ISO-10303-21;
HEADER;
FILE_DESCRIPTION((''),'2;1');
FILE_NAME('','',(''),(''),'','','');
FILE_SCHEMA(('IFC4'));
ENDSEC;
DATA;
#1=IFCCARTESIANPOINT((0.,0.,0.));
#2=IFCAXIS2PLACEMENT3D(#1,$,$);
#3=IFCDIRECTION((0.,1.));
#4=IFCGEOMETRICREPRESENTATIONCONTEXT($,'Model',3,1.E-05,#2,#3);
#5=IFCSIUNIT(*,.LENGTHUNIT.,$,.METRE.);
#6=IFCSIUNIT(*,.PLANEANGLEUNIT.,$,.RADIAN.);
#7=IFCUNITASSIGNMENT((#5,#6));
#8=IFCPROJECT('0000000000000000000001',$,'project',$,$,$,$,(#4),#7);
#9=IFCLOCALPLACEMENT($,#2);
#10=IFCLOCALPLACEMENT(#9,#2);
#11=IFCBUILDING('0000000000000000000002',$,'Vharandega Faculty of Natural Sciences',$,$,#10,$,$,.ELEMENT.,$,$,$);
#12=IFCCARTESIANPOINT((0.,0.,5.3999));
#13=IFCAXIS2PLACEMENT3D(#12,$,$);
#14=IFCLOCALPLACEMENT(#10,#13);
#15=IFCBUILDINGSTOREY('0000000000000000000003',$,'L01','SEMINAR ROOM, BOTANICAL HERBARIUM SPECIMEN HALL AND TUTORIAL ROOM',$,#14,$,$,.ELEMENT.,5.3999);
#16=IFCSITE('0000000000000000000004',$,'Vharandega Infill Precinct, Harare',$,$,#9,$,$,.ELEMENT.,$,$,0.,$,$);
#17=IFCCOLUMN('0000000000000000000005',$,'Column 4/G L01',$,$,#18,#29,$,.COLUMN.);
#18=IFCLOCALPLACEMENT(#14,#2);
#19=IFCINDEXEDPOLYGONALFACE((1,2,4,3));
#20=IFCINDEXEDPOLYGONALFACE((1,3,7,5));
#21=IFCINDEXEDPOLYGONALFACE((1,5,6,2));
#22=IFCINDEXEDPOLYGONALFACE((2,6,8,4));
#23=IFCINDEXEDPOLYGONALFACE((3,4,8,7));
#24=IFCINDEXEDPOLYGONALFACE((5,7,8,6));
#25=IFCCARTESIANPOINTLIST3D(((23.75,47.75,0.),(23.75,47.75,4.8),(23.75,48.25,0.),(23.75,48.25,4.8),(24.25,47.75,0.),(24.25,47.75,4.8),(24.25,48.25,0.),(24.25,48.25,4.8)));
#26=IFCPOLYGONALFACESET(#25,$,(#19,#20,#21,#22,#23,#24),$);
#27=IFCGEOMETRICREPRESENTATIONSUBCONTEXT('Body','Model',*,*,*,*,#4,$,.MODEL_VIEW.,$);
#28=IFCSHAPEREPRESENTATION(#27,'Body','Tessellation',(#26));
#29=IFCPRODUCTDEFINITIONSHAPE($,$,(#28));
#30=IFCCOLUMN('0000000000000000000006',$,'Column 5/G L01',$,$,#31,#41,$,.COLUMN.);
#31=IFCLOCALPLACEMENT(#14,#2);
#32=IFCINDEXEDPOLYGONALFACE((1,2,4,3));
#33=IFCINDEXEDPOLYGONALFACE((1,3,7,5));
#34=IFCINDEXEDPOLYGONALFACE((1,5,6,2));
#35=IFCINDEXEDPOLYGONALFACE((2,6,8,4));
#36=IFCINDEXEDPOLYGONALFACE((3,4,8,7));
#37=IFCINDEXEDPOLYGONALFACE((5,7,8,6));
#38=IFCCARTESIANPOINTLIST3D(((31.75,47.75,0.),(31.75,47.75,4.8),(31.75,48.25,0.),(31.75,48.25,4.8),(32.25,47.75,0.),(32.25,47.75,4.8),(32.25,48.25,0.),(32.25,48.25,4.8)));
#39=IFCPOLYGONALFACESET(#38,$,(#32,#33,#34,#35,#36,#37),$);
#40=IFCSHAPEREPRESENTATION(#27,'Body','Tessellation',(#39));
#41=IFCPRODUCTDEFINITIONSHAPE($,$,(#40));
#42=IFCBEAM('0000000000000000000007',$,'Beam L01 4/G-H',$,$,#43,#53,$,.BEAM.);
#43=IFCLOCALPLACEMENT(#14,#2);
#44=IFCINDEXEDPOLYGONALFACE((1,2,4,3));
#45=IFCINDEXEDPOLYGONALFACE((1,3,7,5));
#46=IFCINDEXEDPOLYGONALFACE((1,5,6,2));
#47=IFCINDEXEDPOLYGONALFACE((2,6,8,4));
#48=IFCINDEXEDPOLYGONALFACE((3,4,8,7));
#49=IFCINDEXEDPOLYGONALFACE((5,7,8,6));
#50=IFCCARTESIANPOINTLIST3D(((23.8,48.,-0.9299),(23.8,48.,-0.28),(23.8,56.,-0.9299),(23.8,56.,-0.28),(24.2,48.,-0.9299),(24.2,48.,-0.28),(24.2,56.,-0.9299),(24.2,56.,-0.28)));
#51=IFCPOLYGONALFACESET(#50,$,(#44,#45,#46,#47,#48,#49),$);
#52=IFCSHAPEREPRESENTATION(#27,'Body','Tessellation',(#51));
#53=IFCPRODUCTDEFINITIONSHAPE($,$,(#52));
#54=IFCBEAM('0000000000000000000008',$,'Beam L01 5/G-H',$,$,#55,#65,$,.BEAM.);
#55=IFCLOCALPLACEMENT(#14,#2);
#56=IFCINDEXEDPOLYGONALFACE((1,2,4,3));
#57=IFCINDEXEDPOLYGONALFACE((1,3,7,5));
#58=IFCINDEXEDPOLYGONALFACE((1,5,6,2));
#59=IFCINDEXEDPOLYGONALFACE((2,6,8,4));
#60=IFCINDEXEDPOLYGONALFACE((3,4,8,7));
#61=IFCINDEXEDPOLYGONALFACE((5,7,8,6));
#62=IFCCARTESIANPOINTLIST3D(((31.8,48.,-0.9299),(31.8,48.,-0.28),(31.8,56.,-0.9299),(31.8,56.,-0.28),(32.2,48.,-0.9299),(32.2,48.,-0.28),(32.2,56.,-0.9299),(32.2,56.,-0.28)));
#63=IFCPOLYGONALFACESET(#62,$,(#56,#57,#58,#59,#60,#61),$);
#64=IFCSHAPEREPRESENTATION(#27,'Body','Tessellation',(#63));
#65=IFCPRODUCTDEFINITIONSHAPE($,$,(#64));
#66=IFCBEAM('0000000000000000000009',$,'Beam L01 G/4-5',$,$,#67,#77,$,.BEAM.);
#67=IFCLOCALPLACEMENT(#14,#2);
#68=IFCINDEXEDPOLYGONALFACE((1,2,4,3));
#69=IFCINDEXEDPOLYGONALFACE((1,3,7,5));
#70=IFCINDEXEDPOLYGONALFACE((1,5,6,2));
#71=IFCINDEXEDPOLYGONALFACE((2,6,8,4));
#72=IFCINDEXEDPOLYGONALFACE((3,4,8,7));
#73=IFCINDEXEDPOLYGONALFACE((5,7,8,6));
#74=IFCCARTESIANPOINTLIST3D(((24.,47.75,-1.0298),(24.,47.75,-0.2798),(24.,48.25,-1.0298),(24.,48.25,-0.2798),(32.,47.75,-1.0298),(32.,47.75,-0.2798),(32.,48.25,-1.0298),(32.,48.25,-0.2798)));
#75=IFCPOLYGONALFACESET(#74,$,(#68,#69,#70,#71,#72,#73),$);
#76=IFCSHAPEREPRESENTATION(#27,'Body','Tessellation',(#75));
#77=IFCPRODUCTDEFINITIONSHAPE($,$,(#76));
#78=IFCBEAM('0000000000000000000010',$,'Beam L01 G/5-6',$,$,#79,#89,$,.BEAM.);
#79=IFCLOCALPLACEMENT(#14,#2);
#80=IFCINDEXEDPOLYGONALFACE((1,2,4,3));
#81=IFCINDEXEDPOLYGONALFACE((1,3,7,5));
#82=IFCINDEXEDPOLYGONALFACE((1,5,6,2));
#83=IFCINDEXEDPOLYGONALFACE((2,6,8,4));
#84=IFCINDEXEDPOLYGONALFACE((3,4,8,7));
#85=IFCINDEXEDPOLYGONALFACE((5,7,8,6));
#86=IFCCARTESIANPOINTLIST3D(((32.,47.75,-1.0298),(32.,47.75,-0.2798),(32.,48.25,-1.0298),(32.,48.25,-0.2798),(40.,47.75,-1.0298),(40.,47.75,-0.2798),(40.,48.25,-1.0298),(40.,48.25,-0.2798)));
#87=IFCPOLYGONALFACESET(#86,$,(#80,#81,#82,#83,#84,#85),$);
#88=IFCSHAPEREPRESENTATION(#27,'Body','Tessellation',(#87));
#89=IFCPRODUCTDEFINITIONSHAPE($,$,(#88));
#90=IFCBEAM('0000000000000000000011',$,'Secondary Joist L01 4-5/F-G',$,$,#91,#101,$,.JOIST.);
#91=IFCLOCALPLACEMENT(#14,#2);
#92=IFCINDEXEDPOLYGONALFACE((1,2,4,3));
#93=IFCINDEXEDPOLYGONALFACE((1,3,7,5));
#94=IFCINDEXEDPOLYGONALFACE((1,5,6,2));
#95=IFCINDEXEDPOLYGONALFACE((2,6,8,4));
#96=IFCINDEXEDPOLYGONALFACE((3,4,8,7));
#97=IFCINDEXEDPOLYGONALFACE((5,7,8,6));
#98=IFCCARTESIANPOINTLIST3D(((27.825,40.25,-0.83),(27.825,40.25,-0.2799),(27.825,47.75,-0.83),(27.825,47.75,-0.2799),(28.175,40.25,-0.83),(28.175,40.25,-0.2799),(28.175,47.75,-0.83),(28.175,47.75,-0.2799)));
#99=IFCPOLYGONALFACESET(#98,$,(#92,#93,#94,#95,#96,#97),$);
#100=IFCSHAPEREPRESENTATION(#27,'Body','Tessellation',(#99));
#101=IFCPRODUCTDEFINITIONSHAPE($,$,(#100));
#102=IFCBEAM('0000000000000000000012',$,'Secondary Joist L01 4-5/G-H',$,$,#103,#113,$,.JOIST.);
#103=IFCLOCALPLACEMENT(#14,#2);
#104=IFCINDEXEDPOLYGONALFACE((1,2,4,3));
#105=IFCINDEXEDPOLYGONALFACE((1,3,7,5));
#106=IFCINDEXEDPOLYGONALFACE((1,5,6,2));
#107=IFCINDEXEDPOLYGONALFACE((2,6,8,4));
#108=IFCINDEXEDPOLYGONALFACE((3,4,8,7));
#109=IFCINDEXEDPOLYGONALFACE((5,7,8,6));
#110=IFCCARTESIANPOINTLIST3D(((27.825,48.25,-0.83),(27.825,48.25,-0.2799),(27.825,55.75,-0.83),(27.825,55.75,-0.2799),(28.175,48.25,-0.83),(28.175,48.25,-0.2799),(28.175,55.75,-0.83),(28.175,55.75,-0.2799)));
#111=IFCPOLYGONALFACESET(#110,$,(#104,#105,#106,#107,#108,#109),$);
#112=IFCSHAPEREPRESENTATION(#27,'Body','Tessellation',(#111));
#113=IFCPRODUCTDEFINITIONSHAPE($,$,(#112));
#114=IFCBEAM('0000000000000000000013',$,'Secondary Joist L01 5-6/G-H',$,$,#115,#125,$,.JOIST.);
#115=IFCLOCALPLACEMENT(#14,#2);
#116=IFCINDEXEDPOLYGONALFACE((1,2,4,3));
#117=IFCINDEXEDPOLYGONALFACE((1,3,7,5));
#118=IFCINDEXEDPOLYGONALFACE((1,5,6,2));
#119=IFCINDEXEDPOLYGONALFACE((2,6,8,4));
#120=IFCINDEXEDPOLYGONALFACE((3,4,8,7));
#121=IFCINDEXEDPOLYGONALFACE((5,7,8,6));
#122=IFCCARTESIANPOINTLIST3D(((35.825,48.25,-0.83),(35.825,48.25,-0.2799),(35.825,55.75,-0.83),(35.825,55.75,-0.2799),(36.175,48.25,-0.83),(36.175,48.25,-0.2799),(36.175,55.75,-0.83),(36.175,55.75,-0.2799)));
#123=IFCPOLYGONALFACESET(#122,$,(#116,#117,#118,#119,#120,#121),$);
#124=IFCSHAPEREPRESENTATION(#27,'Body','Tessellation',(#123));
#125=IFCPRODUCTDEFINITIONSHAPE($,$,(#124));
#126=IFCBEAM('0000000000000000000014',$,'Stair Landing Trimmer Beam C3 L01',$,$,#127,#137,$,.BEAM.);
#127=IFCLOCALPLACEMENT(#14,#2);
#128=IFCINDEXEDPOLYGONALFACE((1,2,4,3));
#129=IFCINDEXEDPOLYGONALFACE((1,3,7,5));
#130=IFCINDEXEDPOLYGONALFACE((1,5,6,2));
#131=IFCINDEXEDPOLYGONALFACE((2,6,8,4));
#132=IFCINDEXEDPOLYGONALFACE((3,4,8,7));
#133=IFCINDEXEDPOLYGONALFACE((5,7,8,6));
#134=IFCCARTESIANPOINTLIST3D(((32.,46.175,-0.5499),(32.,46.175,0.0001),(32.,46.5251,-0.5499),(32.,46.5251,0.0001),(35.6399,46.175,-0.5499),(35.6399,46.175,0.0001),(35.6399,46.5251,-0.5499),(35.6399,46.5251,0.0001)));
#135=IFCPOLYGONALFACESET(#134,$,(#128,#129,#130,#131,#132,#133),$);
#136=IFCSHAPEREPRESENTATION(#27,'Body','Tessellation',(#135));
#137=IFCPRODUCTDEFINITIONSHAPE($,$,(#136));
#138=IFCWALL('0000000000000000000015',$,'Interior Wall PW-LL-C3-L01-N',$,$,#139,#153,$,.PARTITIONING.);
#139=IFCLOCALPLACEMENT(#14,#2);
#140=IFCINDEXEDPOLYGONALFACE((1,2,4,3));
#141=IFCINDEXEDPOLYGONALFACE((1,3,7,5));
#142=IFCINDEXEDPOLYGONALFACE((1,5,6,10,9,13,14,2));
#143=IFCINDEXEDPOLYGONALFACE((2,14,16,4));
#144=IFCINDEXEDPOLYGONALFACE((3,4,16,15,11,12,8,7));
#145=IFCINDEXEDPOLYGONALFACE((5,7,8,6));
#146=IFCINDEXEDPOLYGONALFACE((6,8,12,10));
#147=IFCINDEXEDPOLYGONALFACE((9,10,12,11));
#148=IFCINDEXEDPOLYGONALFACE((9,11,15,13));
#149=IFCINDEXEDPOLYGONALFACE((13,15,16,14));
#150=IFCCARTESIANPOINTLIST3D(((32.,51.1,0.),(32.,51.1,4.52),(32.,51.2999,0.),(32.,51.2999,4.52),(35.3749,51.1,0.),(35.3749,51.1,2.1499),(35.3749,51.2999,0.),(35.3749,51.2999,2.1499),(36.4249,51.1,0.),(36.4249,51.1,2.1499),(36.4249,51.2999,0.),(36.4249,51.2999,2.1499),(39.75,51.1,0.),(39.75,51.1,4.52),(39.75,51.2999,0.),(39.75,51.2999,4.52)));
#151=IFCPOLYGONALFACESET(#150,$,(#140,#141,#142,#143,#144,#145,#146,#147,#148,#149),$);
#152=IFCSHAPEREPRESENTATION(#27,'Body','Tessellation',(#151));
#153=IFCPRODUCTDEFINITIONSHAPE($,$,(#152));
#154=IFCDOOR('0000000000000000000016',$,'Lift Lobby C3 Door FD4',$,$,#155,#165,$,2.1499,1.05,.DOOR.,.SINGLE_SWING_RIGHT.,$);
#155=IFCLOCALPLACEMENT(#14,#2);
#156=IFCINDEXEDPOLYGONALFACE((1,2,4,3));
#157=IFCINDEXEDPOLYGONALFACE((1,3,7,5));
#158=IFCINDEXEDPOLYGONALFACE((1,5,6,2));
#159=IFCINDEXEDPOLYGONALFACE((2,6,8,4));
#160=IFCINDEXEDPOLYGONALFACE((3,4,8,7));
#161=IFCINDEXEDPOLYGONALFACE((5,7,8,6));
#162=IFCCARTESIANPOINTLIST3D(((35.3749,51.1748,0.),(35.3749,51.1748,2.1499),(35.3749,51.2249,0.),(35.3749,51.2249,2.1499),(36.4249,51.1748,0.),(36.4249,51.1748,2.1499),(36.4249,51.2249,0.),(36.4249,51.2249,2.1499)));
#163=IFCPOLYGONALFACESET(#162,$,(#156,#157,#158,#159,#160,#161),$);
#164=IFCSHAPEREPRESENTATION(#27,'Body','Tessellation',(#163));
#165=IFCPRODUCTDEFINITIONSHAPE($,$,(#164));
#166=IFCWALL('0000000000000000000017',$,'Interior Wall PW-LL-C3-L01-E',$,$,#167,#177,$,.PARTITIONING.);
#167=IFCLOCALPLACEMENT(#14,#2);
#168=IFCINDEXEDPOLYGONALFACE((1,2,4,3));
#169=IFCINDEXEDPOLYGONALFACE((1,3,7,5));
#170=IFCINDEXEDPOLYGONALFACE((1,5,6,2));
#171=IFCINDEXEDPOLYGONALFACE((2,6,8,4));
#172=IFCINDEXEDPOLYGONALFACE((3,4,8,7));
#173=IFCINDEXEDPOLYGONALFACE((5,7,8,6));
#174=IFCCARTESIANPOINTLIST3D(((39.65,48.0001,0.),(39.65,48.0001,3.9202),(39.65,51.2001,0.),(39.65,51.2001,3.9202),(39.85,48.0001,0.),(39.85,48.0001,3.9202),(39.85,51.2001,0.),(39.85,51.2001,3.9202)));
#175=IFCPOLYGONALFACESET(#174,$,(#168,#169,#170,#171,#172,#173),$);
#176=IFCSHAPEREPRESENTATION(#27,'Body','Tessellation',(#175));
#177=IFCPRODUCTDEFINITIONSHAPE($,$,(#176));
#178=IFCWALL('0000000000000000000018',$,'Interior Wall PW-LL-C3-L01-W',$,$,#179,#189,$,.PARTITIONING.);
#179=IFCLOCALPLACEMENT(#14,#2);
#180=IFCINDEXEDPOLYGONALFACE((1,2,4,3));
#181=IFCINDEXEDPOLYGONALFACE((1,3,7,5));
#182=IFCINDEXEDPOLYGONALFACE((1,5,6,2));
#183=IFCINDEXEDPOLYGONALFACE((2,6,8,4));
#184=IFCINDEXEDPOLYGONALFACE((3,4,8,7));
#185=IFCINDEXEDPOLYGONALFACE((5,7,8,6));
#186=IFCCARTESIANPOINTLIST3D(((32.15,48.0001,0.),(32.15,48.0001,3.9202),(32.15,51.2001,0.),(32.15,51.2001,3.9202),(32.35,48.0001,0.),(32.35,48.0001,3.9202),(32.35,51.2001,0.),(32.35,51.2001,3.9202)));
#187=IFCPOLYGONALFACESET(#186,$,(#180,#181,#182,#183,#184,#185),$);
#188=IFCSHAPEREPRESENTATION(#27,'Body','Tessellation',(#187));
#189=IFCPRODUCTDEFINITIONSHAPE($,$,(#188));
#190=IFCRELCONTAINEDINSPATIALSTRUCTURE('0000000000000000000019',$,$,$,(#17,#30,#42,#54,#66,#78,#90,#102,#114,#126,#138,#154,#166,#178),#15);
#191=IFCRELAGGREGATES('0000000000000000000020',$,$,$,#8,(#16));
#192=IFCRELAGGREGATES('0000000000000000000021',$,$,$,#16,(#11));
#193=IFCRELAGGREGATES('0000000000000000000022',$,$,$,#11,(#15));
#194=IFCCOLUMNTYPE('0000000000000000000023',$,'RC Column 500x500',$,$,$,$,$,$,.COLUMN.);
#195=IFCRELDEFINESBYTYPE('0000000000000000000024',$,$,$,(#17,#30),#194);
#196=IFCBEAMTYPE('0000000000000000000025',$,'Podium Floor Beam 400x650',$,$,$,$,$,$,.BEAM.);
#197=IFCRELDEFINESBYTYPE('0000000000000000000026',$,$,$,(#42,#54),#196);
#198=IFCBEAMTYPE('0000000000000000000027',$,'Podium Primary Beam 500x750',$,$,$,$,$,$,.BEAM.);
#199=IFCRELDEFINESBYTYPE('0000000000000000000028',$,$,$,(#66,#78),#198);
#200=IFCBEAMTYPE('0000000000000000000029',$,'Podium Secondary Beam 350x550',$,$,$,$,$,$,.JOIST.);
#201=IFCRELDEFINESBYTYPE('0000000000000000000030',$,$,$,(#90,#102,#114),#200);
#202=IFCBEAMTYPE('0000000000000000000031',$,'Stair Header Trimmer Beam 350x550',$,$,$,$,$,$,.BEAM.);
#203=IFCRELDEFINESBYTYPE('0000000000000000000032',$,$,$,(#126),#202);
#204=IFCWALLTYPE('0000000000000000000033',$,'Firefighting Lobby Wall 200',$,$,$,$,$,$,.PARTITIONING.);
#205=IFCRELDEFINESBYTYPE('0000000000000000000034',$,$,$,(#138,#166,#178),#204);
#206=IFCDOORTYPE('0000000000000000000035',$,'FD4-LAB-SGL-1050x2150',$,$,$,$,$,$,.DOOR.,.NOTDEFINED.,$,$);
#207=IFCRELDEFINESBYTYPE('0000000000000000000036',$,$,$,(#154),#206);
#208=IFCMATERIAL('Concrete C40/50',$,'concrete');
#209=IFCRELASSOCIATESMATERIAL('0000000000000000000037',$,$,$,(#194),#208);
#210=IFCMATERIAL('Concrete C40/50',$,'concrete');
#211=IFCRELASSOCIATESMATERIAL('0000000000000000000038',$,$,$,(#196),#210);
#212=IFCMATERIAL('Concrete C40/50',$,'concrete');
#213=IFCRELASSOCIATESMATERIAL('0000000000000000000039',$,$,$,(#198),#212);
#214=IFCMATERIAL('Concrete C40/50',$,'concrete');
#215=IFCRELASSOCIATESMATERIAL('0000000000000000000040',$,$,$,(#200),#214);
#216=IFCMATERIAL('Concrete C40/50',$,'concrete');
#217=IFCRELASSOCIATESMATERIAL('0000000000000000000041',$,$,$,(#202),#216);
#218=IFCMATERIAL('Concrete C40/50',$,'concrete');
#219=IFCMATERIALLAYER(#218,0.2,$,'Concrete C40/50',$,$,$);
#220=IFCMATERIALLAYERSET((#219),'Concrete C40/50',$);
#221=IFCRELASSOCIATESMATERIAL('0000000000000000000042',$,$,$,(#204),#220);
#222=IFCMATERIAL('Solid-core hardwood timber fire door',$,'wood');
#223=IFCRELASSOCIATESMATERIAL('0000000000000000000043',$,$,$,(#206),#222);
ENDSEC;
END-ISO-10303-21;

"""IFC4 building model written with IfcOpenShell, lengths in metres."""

from ifc_helpers import new_model, si_unit, direction, frame, frame_2d, origin, origin_2d, place, context, subcontext, project, spatial, rectangle, extrude, material, layer, layer_set, material_profile, profile_set, type_object, element, fill, save


model = new_model("IFC4")

# Units and contexts
model_context = context("Model", 3, precision=1e-05, world=origin(), true_north=direction((0.0, 1.0)))
body_context = subcontext(model_context, "Body", "Model", "MODEL_VIEW")
ifc_project = project(units=[si_unit("LENGTHUNIT", "METRE"), si_unit("PLANEANGLEUNIT", "RADIAN")], contexts=[model_context])

# Site, building, storey
site_placement = place(None, origin())
site = spatial("IfcSite", under=ifc_project, at=site_placement, Name="Vharandega Infill Precinct, Harare", CompositionType="ELEMENT", RefElevation=0.0)
building_placement = place(site_placement, origin())
building = spatial("IfcBuilding", under=site, at=building_placement, Name="Vharandega Faculty of Natural Sciences", CompositionType="ELEMENT")
storey_placement = place(building_placement, frame((0.0, 0.0, 5.3999)))
storey = spatial("IfcBuildingStorey", under=building, at=storey_placement, Name="L01", Description="SEMINAR ROOM, BOTANICAL HERBARIUM SPECIMEN HALL AND TUTORIAL ROOM", CompositionType="ELEMENT", Elevation=5.3999)

# Columns
ifc_material_1 = material(Name="Concrete C40/50", Category="concrete")
ifc_material_profile_1 = material_profile(ifc_material_1, rectangle(XDim=0.5, YDim=0.5, at=origin_2d()), Name="RC 500x500")
ifc_profile_set_1 = profile_set([ifc_material_profile_1], Name="Concrete C40/50")
column_type = type_object("IfcColumnType", Name="RC Column 500x500", PredefinedType="COLUMN", material=ifc_profile_set_1)
for number, where, z_axis, x_axis, name in (
    (1, (24.0, 48.0, 0.0), (0.0, 0.0, 1.0), (1.0, 0.0, 0.0), "Column 4/G L01"),
    (2, (32.0, 48.0, 0.0), (0.0, 0.0, 1.0), (1.0, 0.0, 0.0), "Column 5/G L01"),
):
    element("IfcColumn", number, at=place(storey_placement, frame(where, z_axis=z_axis, x_axis=x_axis)), inside=storey, type_object=column_type, Name=name, PredefinedType="COLUMN", context=body_context, shape_type="SweptSolid", body=[
        extrude(rectangle(XDim=0.5, YDim=0.5, at=origin_2d()), origin(), (0.0, 0.0, 1.0), 4.8),
    ])

# Beams
ifc_material_2 = material(Name="Concrete C40/50", Category="concrete")
ifc_material_profile_2 = material_profile(ifc_material_2, rectangle(XDim=0.3999, YDim=0.6499, at=origin_2d()), Name="RC 400x650")
ifc_profile_set_2 = profile_set([ifc_material_profile_2], Name="Concrete C40/50")
beam_type_1 = type_object("IfcBeamType", Name="Podium Floor Beam 400x650", PredefinedType="BEAM", material=ifc_profile_set_2)
for number, where, z_axis, x_axis, name in (
    (3, (24.0, 48.0, -0.605), (0.0, 1.0, 0.0), (-1.0, 0.0, 0.0), "Beam L01 4/G-H"),
    (4, (32.0, 48.0, -0.605), (0.0, 1.0, 0.0), (-1.0, 0.0, 0.0), "Beam L01 5/G-H"),
):
    element("IfcBeam", number, at=place(storey_placement, frame(where, z_axis=z_axis, x_axis=x_axis)), inside=storey, type_object=beam_type_1, Name=name, PredefinedType="BEAM", context=body_context, shape_type="SweptSolid", body=[
        extrude(rectangle(XDim=0.3999, YDim=0.6499, at=origin_2d()), origin(), (0.0, 0.0, 1.0), 8.0),
    ])
ifc_material_3 = material(Name="Concrete C40/50", Category="concrete")
ifc_material_profile_3 = material_profile(ifc_material_3, rectangle(XDim=0.5, YDim=0.75, at=origin_2d()), Name="RC 500x750")
ifc_profile_set_3 = profile_set([ifc_material_profile_3], Name="Concrete C40/50")
beam_type_2 = type_object("IfcBeamType", Name="Podium Primary Beam 500x750", PredefinedType="BEAM", material=ifc_profile_set_3)
for number, where, z_axis, x_axis, name in (
    (5, (24.0, 48.0, -0.6548), (1.0, 0.0, 0.0), (0.0, 1.0, 0.0), "Beam L01 G/4-5"),
    (6, (32.0, 48.0, -0.6548), (1.0, 0.0, 0.0), (0.0, 1.0, 0.0), "Beam L01 G/5-6"),
):
    element("IfcBeam", number, at=place(storey_placement, frame(where, z_axis=z_axis, x_axis=x_axis)), inside=storey, type_object=beam_type_2, Name=name, PredefinedType="BEAM", context=body_context, shape_type="SweptSolid", body=[
        extrude(rectangle(XDim=0.5, YDim=0.75, at=origin_2d()), origin(), (0.0, 0.0, 1.0), 8.0),
    ])
ifc_material_4 = material(Name="Concrete C40/50", Category="concrete")
ifc_material_profile_4 = material_profile(ifc_material_4, rectangle(XDim=0.3501, YDim=0.55, at=origin_2d()), Name="RC 350x550")
ifc_profile_set_4 = profile_set([ifc_material_profile_4], Name="Concrete C40/50")
beam_type_3 = type_object("IfcBeamType", Name="Podium Secondary Beam 350x550", PredefinedType="JOIST", material=ifc_profile_set_4)
for number, where, z_axis, x_axis, name in (
    (7, (28.0, 40.25, -0.5549), (0.0, 1.0, 0.0), (-1.0, 0.0, 0.0), "Secondary Joist L01 4-5/F-G"),
    (8, (28.0, 48.25, -0.5549), (0.0, 1.0, 0.0), (-1.0, 0.0, 0.0), "Secondary Joist L01 4-5/G-H"),
    (9, (36.0, 48.25, -0.5549), (0.0, 1.0, 0.0), (-1.0, 0.0, 0.0), "Secondary Joist L01 5-6/G-H"),
):
    element("IfcBeam", number, at=place(storey_placement, frame(where, z_axis=z_axis, x_axis=x_axis)), inside=storey, type_object=beam_type_3, Name=name, PredefinedType="JOIST", context=body_context, shape_type="SweptSolid", body=[
        extrude(rectangle(XDim=0.3501, YDim=0.55, at=origin_2d()), origin(), (0.0, 0.0, 1.0), 7.5),
    ])
ifc_material_5 = material(Name="Concrete C40/50", Category="concrete")
ifc_material_profile_5 = material_profile(ifc_material_5, rectangle(XDim=0.3501, YDim=0.55, at=origin_2d()), Name="RC 350x550")
ifc_profile_set_5 = profile_set([ifc_material_profile_5], Name="Concrete C40/50")
beam_type_4 = type_object("IfcBeamType", Name="Stair Header Trimmer Beam 350x550", PredefinedType="BEAM", material=ifc_profile_set_5)
beam_placement = place(storey_placement, frame((32.0, 46.3501, -0.2749), z_axis=(1.0, 0.0, 0.0), x_axis=(0.0, 1.0, 0.0)))
element("IfcBeam", 10, at=beam_placement, inside=storey, type_object=beam_type_4, Name="Stair Landing Trimmer Beam C3 L01", PredefinedType="BEAM", context=body_context, shape_type="SweptSolid", body=[
    extrude(rectangle(XDim=0.3501, YDim=0.55, at=origin_2d()), origin(), (0.0, 0.0, 1.0), 3.6399),
])

# Wall, opening, door
ifc_material_6 = material(Name="Concrete C40/50", Category="concrete")
ifc_layer_1 = layer(ifc_material_6, 0.2, Name="Concrete C40/50")
ifc_layer_set_1 = layer_set([ifc_layer_1], Name="Concrete C40/50")
wall_type_1 = type_object("IfcWallType", Name="Firefighting Lobby Wall 200", PredefinedType="PARTITIONING", material=ifc_layer_set_1)
wall_1_placement = place(storey_placement, frame((32.0, 51.2, 0.0), z_axis=(0.0, 0.0, 1.0), x_axis=(1.0, 0.0, 0.0)))
wall_1 = element("IfcWall", 11, at=wall_1_placement, inside=storey, type_object=wall_type_1, Name="Interior Wall PW-LL-C3-L01-N", PredefinedType="PARTITIONING", context=body_context, shape_type="SweptSolid", body=[
    extrude(rectangle(XDim=7.75, YDim=0.2, at=frame_2d((3.875, 0.0))), origin(), (0.0, 0.0, 1.0), 4.52),
])
opening_1_placement = place(wall_1_placement, frame((3.375, 0.0, 0.0)))
opening_1 = element("IfcOpeningElement", 12, at=opening_1_placement, cuts=wall_1, PredefinedType="OPENING", context=body_context, shape_type="SweptSolid", body=[
    extrude(rectangle(XDim=1.05, YDim=2.1499, at=frame_2d((0.5249, 1.075))), frame((0.0, 0.1099, 0.0), z_axis=(0.0, -1.0, 0.0), x_axis=(1.0, 0.0, 0.0)), (0.0, 0.0, 1.0), 0.22),
])
ifc_material_7 = material(Name="Solid-core hardwood timber fire door", Category="wood")
door_type_1 = type_object("IfcDoorType", Name="FD4-LAB-SGL-1050x2150", OperationType="NOTDEFINED", PredefinedType="DOOR", material=ifc_material_7)
door_1_placement = place(opening_1_placement, origin())
door_1 = element("IfcDoor", 13, at=door_1_placement, inside=storey, type_object=door_type_1, Name="Lift Lobby C3 Door FD4", OperationType="SINGLE_SWING_RIGHT", OverallHeight=2.1499, OverallWidth=1.05, PredefinedType="DOOR", context=body_context, shape_type="SweptSolid", body=[
    extrude(rectangle(XDim=1.05, YDim=2.1499, at=frame_2d((0.5249, 1.075))), frame((0.0, 0.0249, 0.0), z_axis=(0.0, -1.0, 0.0), x_axis=(1.0, 0.0, 0.0)), (0.0, 0.0, 1.0), 0.05),
])
fill(opening_1, door_1)

# Walls
for number, where, z_axis, x_axis, name in (
    (14, (39.75, 48.0, 0.0), (0.0, 0.0, 1.0), (0.0, 1.0, 0.0), "Interior Wall PW-LL-C3-L01-E"),
    (15, (32.25, 48.0, 0.0), (0.0, 0.0, 1.0), (0.0, 1.0, 0.0), "Interior Wall PW-LL-C3-L01-W"),
):
    element("IfcWall", number, at=place(storey_placement, frame(where, z_axis=z_axis, x_axis=x_axis)), inside=storey, type_object=wall_type_1, Name=name, PredefinedType="PARTITIONING", context=body_context, shape_type="SweptSolid", body=[
        extrude(rectangle(XDim=3.2, YDim=0.2, at=frame_2d((1.6001, 0.0))), origin(), (0.0, 0.0, 1.0), 3.9202),
    ])

save(model, "model.ifc")
